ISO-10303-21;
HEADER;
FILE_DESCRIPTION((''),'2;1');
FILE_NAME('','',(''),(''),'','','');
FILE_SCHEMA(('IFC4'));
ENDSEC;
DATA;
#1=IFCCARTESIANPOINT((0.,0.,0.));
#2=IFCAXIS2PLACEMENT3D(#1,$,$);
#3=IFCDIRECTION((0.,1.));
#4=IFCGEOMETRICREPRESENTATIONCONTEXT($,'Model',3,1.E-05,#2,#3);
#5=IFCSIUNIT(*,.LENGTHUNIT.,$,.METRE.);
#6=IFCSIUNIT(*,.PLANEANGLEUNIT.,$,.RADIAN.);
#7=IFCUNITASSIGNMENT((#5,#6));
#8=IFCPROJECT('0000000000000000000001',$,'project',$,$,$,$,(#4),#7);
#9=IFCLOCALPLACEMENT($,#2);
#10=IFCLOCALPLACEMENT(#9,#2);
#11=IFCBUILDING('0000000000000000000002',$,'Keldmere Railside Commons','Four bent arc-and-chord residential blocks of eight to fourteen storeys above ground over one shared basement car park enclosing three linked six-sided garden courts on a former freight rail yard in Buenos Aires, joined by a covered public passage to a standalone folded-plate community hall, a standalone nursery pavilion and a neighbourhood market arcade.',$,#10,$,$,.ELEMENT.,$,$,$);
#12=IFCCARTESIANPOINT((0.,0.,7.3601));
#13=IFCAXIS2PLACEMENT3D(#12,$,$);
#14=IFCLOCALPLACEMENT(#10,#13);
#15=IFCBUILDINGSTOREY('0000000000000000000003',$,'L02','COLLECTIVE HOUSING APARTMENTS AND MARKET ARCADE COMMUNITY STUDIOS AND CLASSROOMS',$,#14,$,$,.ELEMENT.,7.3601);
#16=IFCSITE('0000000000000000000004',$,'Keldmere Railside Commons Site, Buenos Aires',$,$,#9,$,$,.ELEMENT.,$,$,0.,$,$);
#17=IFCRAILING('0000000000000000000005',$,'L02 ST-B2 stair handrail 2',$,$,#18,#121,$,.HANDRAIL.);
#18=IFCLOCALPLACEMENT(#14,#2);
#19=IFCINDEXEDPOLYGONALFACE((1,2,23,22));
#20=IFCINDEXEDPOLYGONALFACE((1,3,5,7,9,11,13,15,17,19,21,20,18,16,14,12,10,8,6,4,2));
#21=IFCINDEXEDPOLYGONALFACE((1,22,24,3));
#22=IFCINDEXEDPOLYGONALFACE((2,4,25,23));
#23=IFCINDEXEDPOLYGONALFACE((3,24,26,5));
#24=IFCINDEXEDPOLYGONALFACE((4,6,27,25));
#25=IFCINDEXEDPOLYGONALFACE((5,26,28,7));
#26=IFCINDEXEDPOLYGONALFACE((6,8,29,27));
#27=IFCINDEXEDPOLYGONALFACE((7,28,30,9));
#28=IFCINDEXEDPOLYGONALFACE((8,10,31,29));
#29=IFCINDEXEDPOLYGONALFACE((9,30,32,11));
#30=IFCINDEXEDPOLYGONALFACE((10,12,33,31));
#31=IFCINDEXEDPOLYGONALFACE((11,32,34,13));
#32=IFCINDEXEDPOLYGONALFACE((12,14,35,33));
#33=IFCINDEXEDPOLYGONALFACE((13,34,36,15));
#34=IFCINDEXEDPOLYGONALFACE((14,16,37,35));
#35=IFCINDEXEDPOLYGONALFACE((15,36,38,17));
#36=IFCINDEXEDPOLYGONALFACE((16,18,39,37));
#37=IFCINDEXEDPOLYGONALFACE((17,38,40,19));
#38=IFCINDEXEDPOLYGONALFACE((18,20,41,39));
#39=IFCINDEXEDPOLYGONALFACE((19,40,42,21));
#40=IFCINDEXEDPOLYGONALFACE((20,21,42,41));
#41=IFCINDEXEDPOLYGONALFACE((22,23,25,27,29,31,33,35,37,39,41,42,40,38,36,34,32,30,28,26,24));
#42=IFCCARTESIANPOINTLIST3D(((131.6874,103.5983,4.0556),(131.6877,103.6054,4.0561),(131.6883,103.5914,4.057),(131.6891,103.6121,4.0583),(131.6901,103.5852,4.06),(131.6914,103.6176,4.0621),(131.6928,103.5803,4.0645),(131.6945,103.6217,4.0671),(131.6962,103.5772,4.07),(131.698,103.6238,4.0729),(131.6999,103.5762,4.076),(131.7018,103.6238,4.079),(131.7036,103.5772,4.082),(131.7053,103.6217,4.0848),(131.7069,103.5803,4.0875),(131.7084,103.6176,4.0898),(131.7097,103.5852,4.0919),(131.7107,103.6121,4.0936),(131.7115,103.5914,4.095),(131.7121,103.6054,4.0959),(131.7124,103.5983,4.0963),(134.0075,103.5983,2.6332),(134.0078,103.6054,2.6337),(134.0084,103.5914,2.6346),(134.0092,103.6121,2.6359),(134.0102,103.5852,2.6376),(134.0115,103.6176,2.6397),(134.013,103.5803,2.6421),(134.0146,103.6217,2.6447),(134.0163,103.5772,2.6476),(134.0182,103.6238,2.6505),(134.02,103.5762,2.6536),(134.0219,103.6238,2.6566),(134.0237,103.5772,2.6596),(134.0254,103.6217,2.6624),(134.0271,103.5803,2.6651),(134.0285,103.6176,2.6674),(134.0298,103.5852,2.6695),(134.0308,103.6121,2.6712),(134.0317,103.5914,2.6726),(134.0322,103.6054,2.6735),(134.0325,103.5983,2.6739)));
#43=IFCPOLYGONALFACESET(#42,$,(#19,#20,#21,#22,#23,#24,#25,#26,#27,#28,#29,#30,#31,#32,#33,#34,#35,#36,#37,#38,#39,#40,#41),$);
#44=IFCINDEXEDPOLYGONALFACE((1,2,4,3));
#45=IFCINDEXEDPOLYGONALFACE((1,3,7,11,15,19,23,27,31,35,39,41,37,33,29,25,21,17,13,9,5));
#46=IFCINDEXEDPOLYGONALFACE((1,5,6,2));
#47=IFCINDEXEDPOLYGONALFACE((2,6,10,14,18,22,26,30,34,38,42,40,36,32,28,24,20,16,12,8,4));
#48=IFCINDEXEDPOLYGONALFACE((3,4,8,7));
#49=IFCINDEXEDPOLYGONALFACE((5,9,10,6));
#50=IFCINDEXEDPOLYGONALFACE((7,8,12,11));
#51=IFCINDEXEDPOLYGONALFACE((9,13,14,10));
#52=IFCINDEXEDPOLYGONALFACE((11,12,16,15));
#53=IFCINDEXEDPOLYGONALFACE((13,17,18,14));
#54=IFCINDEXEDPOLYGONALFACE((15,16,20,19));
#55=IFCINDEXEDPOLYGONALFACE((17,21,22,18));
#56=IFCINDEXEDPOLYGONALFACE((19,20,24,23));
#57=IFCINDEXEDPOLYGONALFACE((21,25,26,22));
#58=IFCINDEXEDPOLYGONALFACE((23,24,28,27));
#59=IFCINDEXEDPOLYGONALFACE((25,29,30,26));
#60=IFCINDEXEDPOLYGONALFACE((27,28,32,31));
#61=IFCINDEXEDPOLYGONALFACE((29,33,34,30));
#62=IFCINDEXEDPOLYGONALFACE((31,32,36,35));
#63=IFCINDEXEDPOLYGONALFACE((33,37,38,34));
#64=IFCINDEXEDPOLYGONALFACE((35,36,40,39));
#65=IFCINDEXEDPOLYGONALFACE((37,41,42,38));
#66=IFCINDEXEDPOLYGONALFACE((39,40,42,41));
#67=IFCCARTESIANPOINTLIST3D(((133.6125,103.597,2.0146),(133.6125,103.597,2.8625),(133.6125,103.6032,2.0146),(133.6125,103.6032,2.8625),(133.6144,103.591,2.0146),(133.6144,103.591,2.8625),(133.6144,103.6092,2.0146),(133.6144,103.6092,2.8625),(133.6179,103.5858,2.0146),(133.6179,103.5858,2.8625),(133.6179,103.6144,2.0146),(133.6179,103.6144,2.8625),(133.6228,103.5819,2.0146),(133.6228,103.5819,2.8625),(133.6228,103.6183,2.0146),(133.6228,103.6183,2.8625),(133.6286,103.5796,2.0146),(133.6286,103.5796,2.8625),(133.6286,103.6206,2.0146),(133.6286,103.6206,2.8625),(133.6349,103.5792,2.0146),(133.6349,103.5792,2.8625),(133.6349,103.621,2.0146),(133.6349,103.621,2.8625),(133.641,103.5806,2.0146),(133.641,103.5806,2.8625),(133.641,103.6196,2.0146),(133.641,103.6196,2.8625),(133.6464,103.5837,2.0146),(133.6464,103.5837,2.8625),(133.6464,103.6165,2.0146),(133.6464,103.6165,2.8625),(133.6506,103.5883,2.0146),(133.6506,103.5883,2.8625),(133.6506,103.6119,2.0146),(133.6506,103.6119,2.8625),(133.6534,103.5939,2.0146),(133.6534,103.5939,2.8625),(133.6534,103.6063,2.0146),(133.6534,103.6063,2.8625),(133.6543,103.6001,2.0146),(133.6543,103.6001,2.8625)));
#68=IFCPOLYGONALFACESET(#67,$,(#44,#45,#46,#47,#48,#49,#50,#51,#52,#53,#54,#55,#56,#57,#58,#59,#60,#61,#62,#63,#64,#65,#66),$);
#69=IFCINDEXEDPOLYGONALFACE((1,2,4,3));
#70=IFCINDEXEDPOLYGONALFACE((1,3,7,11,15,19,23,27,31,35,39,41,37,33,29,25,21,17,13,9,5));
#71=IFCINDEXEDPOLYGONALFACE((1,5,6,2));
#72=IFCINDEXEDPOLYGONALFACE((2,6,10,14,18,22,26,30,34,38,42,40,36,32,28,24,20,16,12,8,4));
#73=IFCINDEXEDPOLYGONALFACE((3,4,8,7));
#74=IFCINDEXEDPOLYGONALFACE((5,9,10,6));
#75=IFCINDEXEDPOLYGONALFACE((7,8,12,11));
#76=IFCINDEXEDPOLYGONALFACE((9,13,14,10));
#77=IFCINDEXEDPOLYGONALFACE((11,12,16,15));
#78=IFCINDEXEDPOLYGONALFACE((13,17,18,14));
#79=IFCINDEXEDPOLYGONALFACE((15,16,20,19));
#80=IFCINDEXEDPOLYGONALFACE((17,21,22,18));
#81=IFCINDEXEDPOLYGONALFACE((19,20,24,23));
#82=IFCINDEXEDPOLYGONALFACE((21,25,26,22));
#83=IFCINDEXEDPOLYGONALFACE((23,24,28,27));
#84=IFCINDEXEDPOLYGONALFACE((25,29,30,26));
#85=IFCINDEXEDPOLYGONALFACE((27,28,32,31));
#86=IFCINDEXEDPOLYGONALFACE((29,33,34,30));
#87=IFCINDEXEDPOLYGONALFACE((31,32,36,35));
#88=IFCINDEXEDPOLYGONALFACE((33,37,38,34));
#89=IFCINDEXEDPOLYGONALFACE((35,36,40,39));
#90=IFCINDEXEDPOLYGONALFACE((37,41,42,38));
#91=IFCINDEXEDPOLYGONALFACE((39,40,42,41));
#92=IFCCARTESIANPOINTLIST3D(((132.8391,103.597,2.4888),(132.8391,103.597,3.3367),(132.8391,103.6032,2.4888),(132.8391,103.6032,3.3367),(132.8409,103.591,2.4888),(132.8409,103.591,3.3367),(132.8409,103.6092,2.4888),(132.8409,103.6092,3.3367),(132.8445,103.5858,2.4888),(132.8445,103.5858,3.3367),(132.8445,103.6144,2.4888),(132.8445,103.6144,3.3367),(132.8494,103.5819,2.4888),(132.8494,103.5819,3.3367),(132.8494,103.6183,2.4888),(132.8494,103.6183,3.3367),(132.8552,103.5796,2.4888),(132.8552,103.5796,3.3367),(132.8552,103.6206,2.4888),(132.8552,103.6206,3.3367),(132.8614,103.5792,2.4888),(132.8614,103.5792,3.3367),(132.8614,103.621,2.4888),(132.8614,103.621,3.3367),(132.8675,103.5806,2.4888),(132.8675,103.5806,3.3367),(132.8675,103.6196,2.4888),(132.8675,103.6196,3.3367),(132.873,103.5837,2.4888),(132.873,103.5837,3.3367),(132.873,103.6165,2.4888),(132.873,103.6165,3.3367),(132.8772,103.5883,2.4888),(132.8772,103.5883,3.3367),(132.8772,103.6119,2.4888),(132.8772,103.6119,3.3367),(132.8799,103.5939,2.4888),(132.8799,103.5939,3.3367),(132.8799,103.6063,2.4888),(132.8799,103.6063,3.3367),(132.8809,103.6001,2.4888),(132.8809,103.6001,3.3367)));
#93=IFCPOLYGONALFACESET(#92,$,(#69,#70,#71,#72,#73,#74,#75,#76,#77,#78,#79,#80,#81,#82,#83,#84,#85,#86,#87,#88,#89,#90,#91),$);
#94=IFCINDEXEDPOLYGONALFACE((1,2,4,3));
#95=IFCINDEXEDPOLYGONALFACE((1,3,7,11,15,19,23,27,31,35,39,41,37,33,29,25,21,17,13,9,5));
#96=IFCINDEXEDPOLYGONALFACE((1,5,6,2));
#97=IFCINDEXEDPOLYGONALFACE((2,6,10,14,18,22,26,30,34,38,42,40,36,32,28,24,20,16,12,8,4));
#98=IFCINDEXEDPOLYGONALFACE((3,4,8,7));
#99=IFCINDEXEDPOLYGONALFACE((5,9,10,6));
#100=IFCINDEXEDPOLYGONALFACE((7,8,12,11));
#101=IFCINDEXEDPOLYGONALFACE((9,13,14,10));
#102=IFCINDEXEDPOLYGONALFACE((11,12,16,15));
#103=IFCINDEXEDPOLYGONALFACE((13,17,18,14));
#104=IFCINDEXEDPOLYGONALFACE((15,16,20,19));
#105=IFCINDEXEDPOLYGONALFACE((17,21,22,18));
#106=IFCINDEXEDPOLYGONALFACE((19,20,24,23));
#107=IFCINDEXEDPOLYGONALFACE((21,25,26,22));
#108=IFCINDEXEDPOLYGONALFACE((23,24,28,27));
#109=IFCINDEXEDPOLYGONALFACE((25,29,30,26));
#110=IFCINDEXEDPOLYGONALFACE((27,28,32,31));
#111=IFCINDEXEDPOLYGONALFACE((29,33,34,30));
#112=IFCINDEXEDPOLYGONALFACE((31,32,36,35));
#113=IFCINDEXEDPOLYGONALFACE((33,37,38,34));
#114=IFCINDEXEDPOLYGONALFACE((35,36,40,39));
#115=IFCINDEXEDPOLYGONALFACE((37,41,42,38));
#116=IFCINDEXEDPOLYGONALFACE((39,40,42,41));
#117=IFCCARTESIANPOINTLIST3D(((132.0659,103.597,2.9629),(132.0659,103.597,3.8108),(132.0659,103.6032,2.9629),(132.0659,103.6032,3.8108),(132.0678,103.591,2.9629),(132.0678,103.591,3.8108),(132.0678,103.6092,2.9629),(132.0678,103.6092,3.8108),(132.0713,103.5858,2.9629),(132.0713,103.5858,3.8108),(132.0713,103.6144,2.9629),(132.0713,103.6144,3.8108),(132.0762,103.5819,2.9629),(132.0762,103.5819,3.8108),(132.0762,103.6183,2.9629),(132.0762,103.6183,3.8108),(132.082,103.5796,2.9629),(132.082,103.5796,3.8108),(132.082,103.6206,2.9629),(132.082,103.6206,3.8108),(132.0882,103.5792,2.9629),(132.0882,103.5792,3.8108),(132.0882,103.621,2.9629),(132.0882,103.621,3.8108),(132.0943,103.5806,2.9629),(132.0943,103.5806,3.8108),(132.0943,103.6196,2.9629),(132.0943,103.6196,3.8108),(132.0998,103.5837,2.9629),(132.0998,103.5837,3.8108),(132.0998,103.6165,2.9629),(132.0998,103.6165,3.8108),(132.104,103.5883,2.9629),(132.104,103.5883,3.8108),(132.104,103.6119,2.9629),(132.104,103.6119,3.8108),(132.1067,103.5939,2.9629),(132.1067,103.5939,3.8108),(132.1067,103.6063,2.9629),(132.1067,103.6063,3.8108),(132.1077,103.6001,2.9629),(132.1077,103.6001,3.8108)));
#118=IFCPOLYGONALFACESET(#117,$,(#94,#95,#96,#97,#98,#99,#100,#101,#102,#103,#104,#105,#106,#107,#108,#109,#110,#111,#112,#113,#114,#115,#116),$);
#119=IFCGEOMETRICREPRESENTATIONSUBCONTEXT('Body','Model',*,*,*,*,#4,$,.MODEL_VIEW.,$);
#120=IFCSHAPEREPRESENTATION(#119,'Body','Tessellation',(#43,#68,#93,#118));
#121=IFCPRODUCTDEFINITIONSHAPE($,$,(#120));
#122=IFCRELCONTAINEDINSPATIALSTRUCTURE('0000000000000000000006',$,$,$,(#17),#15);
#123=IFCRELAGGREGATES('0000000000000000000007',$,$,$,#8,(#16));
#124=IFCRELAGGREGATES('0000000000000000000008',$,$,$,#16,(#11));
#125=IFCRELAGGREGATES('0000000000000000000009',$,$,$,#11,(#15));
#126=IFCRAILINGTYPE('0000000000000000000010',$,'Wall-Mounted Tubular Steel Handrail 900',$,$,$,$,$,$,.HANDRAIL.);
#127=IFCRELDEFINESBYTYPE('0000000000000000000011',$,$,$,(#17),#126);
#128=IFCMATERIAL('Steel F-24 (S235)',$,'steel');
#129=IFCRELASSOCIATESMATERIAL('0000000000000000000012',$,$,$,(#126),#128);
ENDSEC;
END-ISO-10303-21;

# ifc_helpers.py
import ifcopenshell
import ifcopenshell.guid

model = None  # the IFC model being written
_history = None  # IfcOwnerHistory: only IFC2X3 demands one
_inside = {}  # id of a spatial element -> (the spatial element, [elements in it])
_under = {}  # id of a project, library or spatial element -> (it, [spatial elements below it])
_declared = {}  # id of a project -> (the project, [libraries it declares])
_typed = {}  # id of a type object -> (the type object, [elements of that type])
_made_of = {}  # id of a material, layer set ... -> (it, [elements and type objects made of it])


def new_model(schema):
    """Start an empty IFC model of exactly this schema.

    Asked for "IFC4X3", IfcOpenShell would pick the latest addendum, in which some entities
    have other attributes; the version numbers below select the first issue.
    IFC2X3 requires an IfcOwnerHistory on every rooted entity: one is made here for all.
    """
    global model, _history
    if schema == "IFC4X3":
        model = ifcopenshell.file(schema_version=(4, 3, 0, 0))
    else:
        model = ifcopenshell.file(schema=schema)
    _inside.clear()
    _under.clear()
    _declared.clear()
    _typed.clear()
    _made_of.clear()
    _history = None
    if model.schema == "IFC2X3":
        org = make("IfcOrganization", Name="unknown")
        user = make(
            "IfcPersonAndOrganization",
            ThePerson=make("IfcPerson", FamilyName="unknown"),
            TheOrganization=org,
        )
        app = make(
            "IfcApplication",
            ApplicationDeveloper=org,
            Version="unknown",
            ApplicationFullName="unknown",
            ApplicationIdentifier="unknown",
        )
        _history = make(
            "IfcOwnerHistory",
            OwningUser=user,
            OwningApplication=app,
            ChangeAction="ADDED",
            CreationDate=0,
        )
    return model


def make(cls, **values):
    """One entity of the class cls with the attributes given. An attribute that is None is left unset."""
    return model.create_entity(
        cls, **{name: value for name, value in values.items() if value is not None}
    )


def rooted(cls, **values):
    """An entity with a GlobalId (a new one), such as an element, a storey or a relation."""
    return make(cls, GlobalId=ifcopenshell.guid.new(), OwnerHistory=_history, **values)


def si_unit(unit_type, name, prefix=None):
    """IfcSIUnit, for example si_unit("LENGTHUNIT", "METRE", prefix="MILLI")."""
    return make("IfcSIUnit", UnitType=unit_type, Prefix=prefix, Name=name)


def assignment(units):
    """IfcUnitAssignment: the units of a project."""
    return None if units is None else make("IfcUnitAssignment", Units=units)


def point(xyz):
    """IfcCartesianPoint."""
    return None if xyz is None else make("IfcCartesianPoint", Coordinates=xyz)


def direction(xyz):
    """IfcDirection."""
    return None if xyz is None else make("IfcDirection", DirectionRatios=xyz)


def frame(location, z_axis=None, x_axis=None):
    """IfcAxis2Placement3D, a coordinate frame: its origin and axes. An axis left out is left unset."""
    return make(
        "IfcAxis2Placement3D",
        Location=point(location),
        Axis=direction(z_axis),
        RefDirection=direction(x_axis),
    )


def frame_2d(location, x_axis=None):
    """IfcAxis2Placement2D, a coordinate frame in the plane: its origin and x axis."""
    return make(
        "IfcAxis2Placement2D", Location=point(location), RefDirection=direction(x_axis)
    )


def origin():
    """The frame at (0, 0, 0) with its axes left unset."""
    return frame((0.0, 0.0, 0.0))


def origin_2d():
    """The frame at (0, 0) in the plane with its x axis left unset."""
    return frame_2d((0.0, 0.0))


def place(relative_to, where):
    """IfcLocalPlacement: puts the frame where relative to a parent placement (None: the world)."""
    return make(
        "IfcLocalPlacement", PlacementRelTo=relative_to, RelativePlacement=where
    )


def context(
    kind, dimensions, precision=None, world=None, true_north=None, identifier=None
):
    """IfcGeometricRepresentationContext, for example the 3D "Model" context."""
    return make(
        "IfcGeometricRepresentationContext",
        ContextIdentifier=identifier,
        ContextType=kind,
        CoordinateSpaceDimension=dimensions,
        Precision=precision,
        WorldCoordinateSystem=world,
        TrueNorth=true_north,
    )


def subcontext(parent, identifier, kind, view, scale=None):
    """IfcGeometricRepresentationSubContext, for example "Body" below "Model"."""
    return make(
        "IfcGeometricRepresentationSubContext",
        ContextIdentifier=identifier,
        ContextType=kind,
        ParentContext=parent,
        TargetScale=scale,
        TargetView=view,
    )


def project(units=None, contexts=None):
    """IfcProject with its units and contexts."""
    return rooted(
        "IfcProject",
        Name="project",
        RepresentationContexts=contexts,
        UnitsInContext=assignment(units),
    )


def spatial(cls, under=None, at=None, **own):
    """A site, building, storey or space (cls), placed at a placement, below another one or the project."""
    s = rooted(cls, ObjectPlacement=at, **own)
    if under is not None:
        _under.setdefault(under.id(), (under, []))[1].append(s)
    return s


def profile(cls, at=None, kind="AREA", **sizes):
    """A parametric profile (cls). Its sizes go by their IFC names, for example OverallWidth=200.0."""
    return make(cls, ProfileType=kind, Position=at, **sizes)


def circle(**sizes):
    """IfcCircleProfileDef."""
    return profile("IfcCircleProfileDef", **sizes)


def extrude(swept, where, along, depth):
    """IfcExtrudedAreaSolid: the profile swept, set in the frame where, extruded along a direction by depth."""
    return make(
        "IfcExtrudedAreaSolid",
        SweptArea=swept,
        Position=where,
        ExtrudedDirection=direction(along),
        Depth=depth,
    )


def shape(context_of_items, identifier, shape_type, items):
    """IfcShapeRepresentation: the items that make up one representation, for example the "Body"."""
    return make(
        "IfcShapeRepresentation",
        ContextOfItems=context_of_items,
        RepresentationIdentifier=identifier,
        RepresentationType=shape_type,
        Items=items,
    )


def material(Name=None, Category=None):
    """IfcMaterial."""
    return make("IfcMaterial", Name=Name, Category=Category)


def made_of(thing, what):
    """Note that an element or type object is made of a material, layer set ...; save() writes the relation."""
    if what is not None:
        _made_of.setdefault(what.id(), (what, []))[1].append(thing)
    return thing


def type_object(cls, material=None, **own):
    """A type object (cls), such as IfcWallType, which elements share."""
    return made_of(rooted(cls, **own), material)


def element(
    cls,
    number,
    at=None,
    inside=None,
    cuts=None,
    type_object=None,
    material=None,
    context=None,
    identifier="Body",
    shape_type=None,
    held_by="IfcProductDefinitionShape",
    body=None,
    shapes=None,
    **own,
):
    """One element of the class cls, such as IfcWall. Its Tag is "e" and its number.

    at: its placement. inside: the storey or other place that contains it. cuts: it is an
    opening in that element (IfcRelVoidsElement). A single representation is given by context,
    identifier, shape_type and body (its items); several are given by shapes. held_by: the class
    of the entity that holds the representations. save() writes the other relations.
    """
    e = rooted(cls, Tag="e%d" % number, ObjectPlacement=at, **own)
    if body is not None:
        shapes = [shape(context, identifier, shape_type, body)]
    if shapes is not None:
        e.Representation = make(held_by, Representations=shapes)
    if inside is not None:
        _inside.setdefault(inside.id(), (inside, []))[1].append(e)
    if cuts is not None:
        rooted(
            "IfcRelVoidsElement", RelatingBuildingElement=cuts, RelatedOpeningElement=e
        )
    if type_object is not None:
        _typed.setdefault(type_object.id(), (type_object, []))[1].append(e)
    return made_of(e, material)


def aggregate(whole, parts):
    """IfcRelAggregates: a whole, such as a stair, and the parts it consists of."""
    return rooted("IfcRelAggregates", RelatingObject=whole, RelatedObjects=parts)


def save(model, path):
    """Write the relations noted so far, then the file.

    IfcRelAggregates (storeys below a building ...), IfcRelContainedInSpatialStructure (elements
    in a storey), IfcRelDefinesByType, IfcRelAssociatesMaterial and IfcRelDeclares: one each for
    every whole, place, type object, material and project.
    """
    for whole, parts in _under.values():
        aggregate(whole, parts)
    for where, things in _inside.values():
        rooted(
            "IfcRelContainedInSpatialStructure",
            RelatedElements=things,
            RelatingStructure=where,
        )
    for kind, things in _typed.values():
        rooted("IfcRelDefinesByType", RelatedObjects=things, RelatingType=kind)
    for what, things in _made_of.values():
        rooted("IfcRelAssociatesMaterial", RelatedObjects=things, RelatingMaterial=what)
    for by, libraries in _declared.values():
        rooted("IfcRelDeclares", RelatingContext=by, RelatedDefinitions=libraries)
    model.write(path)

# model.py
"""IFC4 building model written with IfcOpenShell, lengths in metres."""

from ifc_helpers import new_model, si_unit, direction, frame, origin, origin_2d, place, context, subcontext, project, spatial, circle, extrude, material, type_object, element, save


model = new_model("IFC4")

# Units and contexts
model_context = context("Model", 3, precision=1e-05, world=origin(), true_north=direction((0.0, 1.0)))
body_context = subcontext(model_context, "Body", "Model", "MODEL_VIEW")
ifc_project = project(units=[si_unit("LENGTHUNIT", "METRE"), si_unit("PLANEANGLEUNIT", "RADIAN")], contexts=[model_context])

# Site, building, storey
site_placement = place(None, origin())
site = spatial("IfcSite", under=ifc_project, at=site_placement, Name="Keldmere Railside Commons Site, Buenos Aires", CompositionType="ELEMENT", RefElevation=0.0)
building_placement = place(site_placement, origin())
building = spatial("IfcBuilding", under=site, at=building_placement, Name="Keldmere Railside Commons", Description="Four bent arc-and-chord residential blocks of eight to fourteen storeys above ground over one shared basement car park enclosing three linked six-sided garden courts on a former freight rail yard in Buenos Aires, joined by a covered public passage to a standalone folded-plate community hall, a standalone nursery pavilion and a neighbourhood market arcade.", CompositionType="ELEMENT")
storey_placement = place(building_placement, frame((0.0, 0.0, 7.3601)))
storey = spatial("IfcBuildingStorey", under=building, at=storey_placement, Name="L02", Description="COLLECTIVE HOUSING APARTMENTS AND MARKET ARCADE COMMUNITY STUDIOS AND CLASSROOMS", CompositionType="ELEMENT", Elevation=7.3601)

# Shared definitions
ifc_material_1 = material(Name="Steel F-24 (S235)", Category="steel")

# Railing
railing_type_1 = type_object("IfcRailingType", Name="Wall-Mounted Tubular Steel Handrail 900", PredefinedType="HANDRAIL", material=ifc_material_1)
railing_1_placement = place(storey_placement, frame((134.02, 103.6001, 1.7776)))
element("IfcRailing", 1, at=railing_1_placement, inside=storey, type_object=railing_type_1, Name="L02 ST-B2 stair handrail 2", PredefinedType="HANDRAIL", context=body_context, shape_type="SweptSolid", body=[
    extrude(circle(Radius=0.0239, at=origin_2d()), frame((0.0, 0.0, 0.876), z_axis=(-0.852538, 0.0, 0.522665), x_axis=(0.0, -1.0, 0.0)), (0.0, 0.0, 1.0), 2.7214),
    extrude(circle(Radius=0.021, at=origin_2d()), frame((-0.3867, 0.0, 0.2371)), (0.0, 0.0, 1.0), 0.8479),
    extrude(circle(Radius=0.021, at=origin_2d()), frame((-1.1602, 0.0, 0.7112)), (0.0, 0.0, 1.0), 0.8479),
    extrude(circle(Radius=0.021, at=origin_2d()), frame((-1.9333, 0.0, 1.1853)), (0.0, 0.0, 1.0), 0.8479),
])

save(model, "model.ifc")
